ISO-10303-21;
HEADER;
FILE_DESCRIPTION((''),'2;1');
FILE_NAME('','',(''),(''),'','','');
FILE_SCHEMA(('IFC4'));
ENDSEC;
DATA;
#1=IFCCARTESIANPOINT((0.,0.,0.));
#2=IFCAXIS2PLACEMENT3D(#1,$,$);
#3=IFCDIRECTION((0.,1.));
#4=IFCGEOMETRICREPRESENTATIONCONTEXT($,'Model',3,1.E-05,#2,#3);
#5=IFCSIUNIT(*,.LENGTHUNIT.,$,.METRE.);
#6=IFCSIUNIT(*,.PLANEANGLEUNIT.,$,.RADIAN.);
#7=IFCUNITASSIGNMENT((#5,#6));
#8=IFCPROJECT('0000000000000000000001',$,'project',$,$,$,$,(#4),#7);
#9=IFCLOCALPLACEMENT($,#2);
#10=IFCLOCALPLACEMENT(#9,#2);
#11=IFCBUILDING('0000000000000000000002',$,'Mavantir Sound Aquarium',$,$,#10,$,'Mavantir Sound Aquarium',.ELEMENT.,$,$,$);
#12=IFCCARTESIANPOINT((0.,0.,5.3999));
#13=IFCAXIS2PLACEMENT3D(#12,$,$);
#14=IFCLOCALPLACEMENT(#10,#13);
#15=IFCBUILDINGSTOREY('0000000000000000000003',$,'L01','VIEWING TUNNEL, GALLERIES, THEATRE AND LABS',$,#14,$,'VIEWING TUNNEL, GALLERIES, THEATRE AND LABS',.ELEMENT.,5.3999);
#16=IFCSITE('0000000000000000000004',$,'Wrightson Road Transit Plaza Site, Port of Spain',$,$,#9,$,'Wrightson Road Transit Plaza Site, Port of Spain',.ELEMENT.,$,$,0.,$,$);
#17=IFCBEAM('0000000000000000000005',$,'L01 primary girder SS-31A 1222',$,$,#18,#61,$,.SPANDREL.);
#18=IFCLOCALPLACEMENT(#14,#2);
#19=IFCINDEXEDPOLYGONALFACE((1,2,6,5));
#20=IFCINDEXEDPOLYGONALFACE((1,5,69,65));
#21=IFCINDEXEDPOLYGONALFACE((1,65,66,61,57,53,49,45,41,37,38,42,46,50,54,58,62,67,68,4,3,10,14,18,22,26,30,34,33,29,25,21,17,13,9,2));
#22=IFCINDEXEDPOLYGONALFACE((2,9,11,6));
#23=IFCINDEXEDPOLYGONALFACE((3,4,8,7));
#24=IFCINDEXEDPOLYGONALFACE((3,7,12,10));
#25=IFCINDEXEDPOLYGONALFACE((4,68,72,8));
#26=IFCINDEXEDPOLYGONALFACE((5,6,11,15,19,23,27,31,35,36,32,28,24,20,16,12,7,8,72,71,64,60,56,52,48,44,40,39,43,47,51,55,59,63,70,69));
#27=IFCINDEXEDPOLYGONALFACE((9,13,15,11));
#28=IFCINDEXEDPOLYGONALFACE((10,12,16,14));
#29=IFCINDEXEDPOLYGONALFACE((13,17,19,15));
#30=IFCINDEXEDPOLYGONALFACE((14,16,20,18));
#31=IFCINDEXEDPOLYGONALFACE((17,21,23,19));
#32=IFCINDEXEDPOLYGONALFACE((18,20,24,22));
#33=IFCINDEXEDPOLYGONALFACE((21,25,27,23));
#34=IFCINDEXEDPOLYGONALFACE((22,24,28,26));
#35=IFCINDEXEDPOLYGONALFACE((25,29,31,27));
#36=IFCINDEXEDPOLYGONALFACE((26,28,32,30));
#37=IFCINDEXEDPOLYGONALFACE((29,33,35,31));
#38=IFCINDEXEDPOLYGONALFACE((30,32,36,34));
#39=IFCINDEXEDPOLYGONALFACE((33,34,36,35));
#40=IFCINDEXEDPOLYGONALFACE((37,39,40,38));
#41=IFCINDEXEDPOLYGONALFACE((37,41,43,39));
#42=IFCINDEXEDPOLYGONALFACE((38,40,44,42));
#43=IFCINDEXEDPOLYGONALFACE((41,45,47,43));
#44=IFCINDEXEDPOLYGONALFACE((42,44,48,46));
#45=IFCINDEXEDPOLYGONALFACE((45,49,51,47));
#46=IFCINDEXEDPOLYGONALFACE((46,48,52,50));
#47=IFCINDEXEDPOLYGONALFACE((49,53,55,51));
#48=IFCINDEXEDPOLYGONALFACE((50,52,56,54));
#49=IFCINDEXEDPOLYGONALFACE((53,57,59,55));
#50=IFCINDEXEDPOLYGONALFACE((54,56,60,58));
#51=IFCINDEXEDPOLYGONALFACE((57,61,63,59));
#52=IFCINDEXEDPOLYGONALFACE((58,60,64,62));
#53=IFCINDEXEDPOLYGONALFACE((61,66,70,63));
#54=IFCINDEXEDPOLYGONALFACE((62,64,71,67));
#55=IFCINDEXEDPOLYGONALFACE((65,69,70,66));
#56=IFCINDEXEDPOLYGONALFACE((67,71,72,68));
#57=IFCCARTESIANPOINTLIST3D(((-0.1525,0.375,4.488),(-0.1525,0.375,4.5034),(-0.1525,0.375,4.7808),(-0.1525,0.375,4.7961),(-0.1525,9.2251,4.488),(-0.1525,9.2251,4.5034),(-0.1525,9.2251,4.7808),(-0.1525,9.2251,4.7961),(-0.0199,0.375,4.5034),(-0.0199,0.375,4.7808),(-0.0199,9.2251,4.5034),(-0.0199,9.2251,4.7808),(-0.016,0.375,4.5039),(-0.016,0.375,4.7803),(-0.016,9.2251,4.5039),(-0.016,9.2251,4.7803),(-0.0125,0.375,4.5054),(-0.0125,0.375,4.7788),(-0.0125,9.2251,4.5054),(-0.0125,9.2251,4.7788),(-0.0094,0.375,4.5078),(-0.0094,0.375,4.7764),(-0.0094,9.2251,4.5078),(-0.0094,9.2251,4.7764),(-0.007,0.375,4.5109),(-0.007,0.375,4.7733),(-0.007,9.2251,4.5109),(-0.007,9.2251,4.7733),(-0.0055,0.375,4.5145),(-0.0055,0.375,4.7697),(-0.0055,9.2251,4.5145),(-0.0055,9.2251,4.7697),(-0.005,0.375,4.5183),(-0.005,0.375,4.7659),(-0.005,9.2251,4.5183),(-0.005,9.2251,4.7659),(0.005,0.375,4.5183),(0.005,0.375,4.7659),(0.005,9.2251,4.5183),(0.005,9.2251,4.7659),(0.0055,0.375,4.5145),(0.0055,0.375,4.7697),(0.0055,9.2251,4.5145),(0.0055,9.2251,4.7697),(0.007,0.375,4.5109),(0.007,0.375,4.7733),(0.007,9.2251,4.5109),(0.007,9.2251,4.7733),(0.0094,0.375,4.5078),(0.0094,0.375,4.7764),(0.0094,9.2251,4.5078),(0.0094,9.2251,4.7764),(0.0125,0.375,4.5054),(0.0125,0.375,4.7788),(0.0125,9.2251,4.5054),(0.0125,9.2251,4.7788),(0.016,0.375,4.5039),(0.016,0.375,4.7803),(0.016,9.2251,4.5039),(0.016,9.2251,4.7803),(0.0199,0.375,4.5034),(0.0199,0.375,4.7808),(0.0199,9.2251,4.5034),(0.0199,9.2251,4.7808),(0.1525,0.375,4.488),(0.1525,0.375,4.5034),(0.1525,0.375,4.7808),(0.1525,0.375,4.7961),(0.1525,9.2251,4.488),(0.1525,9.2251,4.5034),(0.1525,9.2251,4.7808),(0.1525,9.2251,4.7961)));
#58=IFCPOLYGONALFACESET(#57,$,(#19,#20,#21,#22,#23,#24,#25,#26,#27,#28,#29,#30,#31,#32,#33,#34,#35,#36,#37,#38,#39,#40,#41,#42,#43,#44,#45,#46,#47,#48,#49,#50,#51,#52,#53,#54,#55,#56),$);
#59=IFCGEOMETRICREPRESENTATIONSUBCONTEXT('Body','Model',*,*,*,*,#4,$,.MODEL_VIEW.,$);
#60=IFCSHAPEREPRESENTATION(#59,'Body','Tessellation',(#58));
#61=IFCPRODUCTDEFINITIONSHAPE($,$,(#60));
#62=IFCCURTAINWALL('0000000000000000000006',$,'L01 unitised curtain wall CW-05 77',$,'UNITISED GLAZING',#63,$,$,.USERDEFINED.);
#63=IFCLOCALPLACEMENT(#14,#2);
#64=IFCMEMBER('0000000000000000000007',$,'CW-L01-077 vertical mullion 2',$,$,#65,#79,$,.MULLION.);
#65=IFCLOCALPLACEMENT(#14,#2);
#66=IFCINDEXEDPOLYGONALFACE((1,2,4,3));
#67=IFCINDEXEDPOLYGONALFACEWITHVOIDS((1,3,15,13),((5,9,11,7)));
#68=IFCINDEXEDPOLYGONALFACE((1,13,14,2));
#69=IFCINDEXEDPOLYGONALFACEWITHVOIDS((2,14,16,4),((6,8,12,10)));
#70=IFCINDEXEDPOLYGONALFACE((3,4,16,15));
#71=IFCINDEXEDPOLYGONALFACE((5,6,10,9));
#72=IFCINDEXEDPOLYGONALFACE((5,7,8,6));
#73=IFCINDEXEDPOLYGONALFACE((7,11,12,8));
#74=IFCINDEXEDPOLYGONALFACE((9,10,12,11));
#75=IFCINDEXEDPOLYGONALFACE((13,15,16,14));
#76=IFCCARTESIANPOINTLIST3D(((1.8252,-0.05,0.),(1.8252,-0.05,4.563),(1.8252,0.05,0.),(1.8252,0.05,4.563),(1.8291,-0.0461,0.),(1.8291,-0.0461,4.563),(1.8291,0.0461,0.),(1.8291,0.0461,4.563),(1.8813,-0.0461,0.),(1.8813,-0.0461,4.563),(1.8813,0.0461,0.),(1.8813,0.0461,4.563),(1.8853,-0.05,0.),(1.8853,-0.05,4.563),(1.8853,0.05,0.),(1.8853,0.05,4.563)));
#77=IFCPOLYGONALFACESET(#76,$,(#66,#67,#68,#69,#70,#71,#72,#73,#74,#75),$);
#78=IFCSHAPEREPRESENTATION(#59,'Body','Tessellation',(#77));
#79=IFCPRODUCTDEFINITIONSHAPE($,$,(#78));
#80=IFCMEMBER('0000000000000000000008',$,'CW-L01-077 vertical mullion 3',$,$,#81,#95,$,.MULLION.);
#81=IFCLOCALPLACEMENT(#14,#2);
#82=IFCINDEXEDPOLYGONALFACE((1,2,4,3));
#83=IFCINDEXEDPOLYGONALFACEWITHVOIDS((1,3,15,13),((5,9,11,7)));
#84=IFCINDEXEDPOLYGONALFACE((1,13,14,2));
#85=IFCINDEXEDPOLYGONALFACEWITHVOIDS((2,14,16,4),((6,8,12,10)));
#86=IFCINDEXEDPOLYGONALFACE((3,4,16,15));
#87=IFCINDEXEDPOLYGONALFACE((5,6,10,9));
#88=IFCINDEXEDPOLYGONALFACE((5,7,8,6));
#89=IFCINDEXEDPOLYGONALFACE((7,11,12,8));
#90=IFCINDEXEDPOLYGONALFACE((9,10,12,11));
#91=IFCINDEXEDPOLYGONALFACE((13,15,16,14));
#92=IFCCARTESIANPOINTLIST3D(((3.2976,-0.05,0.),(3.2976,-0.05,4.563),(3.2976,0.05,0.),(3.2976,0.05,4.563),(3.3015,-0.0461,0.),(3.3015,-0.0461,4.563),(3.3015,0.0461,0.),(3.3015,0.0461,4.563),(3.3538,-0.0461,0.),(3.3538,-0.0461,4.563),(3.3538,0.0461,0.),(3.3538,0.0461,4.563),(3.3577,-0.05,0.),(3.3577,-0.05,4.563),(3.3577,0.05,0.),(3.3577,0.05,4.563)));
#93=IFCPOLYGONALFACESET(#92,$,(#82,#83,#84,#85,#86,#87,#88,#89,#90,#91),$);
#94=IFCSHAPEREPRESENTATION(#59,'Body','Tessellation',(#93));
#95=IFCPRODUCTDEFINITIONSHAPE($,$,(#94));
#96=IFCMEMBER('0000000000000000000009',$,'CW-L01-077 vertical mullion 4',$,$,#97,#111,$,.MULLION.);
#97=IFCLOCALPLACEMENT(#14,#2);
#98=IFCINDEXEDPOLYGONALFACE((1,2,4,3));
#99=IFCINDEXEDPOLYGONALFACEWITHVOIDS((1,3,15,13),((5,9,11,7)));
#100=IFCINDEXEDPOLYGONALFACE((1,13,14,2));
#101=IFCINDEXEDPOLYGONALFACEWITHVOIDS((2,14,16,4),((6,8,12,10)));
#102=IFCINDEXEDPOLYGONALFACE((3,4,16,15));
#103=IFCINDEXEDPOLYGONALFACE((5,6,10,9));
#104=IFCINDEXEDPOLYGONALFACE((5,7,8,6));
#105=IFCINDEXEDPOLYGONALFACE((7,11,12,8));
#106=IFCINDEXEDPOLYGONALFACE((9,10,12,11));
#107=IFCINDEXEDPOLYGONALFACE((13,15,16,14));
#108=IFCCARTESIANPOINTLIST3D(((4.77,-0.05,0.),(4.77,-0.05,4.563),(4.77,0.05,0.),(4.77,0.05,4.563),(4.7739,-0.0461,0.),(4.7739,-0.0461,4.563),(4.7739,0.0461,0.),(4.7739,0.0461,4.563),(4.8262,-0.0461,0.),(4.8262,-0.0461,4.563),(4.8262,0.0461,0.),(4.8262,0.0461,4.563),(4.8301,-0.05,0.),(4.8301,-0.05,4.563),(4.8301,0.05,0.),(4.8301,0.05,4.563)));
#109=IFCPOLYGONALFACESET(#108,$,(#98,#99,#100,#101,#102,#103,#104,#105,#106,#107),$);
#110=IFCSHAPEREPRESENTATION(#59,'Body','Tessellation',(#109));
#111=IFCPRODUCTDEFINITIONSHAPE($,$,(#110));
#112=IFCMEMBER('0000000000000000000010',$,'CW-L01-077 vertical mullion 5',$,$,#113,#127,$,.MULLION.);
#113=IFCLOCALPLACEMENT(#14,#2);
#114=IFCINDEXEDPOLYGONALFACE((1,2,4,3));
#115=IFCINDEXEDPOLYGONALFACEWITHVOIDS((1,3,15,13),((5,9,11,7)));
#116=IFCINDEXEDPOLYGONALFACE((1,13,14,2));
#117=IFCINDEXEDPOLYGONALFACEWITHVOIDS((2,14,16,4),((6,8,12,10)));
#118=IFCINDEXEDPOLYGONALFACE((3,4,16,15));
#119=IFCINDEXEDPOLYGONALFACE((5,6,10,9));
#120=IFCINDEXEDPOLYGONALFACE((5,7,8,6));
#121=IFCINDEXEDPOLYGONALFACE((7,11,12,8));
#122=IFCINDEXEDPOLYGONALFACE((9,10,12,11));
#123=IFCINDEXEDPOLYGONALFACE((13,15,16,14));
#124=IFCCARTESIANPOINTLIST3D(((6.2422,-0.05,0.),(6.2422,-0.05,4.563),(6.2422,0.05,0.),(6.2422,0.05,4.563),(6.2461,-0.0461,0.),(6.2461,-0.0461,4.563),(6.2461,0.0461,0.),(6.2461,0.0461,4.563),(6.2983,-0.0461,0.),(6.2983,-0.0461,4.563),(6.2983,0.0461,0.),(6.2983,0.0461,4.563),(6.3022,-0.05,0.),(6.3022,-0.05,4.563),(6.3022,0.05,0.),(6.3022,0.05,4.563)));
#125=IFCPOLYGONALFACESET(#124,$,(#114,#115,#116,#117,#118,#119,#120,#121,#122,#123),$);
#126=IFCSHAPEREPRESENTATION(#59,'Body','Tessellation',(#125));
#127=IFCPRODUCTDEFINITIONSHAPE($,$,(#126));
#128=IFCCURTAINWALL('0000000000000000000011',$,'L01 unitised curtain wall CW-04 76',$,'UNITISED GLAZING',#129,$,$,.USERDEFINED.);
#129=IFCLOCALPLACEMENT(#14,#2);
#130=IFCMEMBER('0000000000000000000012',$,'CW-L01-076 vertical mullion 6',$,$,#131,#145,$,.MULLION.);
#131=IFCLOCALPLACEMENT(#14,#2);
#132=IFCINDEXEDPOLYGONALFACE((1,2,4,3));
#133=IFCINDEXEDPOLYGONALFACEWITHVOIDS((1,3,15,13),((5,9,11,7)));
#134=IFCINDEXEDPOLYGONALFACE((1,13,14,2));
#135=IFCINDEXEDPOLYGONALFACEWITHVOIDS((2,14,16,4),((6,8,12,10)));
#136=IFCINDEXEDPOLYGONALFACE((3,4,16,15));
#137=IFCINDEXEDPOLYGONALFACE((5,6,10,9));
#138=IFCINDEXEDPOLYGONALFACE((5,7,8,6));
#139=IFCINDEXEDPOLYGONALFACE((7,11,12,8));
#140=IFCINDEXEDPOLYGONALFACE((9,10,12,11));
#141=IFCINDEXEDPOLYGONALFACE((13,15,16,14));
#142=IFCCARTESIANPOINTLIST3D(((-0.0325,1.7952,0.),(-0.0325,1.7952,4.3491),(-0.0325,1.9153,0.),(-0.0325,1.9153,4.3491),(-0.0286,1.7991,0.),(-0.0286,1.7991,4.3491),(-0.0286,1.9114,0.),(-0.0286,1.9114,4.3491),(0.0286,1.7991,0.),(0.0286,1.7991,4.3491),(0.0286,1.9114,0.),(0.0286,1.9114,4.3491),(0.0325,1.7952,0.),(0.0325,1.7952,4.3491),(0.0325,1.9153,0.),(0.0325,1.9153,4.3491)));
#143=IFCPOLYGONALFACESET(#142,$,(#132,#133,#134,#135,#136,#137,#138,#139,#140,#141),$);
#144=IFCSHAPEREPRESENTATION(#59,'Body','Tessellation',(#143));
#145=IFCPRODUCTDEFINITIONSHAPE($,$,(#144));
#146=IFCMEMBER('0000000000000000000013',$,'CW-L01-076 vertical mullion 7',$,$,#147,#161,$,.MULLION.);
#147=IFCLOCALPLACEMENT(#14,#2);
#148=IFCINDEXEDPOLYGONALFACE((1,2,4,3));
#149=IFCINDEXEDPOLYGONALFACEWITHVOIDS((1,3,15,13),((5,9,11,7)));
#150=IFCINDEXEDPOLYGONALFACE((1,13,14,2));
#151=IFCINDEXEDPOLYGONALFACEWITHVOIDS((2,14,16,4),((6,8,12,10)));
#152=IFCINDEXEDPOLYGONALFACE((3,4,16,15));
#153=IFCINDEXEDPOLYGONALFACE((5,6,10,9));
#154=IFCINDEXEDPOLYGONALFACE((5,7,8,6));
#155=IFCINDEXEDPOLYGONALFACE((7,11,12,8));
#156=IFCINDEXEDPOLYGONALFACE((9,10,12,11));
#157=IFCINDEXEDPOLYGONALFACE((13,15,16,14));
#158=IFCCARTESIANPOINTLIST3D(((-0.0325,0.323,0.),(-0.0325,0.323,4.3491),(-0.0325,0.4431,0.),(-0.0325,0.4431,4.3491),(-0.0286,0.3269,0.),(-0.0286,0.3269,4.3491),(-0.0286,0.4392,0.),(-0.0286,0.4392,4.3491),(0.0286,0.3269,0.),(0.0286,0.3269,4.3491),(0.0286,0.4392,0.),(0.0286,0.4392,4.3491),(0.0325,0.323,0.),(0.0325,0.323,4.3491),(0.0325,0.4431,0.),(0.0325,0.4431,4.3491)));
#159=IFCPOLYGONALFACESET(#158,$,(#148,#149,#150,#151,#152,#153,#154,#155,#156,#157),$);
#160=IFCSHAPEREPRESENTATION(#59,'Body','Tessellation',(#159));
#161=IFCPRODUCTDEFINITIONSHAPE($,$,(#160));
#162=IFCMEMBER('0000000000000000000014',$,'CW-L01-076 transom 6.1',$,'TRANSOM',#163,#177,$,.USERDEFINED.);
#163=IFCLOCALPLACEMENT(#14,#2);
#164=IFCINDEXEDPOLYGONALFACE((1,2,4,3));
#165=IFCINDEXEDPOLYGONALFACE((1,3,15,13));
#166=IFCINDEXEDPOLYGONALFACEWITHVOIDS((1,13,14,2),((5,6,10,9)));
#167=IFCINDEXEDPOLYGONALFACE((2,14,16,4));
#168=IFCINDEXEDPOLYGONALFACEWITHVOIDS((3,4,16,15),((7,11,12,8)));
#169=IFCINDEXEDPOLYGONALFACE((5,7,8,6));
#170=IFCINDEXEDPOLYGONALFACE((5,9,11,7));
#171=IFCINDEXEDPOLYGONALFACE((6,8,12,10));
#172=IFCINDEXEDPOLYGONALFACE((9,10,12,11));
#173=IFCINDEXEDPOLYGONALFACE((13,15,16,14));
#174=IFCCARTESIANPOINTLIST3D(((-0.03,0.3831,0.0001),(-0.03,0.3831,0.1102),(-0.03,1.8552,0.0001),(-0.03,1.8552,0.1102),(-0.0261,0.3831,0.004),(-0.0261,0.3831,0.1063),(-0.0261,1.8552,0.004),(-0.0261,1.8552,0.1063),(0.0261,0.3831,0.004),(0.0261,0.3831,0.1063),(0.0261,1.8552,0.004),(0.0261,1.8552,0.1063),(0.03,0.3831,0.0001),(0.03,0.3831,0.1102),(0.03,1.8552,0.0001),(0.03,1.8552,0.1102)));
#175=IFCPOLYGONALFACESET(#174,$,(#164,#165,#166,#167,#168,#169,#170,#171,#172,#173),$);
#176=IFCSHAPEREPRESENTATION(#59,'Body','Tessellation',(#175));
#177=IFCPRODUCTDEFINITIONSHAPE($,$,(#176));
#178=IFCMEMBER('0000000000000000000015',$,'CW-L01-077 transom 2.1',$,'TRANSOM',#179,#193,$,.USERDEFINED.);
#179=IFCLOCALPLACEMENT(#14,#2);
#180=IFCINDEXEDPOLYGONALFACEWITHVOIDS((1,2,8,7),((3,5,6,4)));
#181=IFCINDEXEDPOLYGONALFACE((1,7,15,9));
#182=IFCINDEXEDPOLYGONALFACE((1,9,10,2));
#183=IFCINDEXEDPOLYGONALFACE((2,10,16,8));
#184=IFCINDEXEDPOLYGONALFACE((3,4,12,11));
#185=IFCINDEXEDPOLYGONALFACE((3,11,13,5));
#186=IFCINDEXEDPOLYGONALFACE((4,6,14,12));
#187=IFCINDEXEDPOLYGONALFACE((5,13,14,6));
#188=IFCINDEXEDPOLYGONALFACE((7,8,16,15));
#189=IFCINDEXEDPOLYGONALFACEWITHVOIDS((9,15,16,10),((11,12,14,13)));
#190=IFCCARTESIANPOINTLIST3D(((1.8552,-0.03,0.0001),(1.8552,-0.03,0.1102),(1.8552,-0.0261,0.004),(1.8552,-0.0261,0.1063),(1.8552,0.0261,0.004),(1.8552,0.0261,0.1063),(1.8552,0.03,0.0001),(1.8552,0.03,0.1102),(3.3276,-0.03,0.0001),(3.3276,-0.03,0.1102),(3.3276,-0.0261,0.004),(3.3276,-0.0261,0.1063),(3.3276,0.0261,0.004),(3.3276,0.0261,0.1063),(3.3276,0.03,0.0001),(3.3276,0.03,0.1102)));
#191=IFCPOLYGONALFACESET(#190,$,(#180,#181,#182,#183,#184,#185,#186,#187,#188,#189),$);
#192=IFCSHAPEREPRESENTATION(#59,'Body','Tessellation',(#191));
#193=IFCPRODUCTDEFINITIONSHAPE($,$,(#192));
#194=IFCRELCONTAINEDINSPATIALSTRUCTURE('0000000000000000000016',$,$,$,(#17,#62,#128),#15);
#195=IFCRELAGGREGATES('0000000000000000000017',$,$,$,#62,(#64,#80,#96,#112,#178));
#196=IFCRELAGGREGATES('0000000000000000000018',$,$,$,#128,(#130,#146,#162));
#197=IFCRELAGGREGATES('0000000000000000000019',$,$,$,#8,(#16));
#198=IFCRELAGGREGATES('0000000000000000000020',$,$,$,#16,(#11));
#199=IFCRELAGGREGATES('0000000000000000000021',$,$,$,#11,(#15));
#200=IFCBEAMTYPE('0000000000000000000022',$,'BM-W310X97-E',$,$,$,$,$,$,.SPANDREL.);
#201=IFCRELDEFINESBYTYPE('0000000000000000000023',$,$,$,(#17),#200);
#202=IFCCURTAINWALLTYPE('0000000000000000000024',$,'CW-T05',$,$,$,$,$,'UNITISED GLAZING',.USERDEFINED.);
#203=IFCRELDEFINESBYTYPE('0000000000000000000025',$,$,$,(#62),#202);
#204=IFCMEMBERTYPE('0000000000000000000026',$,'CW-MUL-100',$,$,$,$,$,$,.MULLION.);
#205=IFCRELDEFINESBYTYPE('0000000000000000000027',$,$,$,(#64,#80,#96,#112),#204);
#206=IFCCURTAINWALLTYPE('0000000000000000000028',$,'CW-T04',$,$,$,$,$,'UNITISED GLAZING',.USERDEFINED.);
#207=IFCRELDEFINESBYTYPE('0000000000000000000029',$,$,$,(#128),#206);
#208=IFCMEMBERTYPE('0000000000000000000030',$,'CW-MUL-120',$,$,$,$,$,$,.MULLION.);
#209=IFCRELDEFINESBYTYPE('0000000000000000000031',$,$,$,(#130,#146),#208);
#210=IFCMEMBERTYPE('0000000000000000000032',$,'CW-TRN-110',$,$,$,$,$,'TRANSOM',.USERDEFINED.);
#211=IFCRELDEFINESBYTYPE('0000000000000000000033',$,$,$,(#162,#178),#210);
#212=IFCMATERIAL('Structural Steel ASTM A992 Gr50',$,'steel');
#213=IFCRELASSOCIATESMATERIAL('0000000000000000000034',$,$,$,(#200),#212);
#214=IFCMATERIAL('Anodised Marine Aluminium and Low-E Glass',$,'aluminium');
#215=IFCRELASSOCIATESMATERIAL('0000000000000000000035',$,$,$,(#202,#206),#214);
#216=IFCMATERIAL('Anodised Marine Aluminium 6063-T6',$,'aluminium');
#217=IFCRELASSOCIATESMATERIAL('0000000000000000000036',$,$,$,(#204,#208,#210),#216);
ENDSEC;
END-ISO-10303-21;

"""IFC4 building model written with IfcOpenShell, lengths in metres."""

from ifc_helpers import new_model, si_unit, direction, frame, origin, origin_2d, place, context, subcontext, project, spatial, hollow_rectangle, i_section, extrude, material, material_profile, profile_set, type_object, element, aggregate, save


model = new_model("IFC4")

# Units and contexts
model_context = context("Model", 3, precision=1e-05, world=origin(), true_north=direction((0.0, 1.0)))
body_context = subcontext(model_context, "Body", "Model", "MODEL_VIEW")
ifc_project = project(units=[si_unit("LENGTHUNIT", "METRE"), si_unit("PLANEANGLEUNIT", "RADIAN")], contexts=[model_context])

# Site, building, storey
site_placement = place(None, origin())
site = spatial("IfcSite", under=ifc_project, at=site_placement, Name="Wrightson Road Transit Plaza Site, Port of Spain", LongName="Wrightson Road Transit Plaza Site, Port of Spain", CompositionType="ELEMENT", RefElevation=0.0)
building_placement = place(site_placement, origin())
building = spatial("IfcBuilding", under=site, at=building_placement, Name="Mavantir Sound Aquarium", LongName="Mavantir Sound Aquarium", CompositionType="ELEMENT")
storey_placement = place(building_placement, frame((0.0, 0.0, 5.3999)))
storey = spatial("IfcBuildingStorey", under=building, at=storey_placement, Name="L01", Description="VIEWING TUNNEL, GALLERIES, THEATRE AND LABS", LongName="VIEWING TUNNEL, GALLERIES, THEATRE AND LABS", CompositionType="ELEMENT", Elevation=5.3999)

# Beam
ifc_material_1 = material(Name="Structural Steel ASTM A992 Gr50", Category="steel")
ifc_material_profile_1 = material_profile(ifc_material_1, i_section(OverallWidth=0.3049, OverallDepth=0.3081, WebThickness=0.01, FlangeThickness=0.0154, FilletRadius=0.0149, at=origin_2d()), Name="W310X97")
ifc_profile_set_1 = profile_set([ifc_material_profile_1], Name="Structural Steel ASTM A992 Gr50")
beam_type = type_object("IfcBeamType", Name="BM-W310X97-E", PredefinedType="SPANDREL", material=ifc_profile_set_1)
beam_placement = place(storey_placement, frame((0.0, 0.375, 4.6421), z_axis=(0.0, 1.0, 0.0), x_axis=(-1.0, 0.0, 0.0)))
element("IfcBeam", 1, at=beam_placement, inside=storey, type_object=beam_type, Name="L01 primary girder SS-31A 1222", PredefinedType="SPANDREL", context=body_context, shape_type="SweptSolid", body=[
    extrude(i_section(OverallWidth=0.3049, OverallDepth=0.3081, WebThickness=0.01, FlangeThickness=0.0154, FilletRadius=0.0149, at=origin_2d()), origin(), (0.0, 0.0, 1.0), 8.8501),
])

# Curtain walls, members
ifc_material_2 = material(Name="Anodised Marine Aluminium and Low-E Glass", Category="aluminium")
curtain_wall_type_1 = type_object("IfcCurtainWallType", Name="CW-T05", ElementType="UNITISED GLAZING", PredefinedType="USERDEFINED", material=ifc_material_2)
curtain_wall_1_placement = place(storey_placement, origin())
curtain_wall_1 = element("IfcCurtainWall", 2, at=curtain_wall_1_placement, inside=storey, type_object=curtain_wall_type_1, Name="L01 unitised curtain wall CW-05 77", ObjectType="UNITISED GLAZING", PredefinedType="USERDEFINED")
ifc_material_3 = material(Name="Anodised Marine Aluminium 6063-T6", Category="aluminium")
ifc_material_profile_2 = material_profile(ifc_material_3, hollow_rectangle(XDim=0.0601, YDim=0.1001, WallThickness=0.0039, at=origin_2d()), Name="ALU-MULLION-100X60")
ifc_profile_set_2 = profile_set([ifc_material_profile_2], Name="Anodised Marine Aluminium 6063-T6")
member_type_1 = type_object("IfcMemberType", Name="CW-MUL-100", PredefinedType="MULLION", material=ifc_profile_set_2)
member_1_placement = place(storey_placement, frame((1.8552, 0.0, 0.0), z_axis=(0.0, 0.0, 1.0), x_axis=(1.0, 0.0, 0.0)))
member_1 = element("IfcMember", 3, at=member_1_placement, type_object=member_type_1, Name="CW-L01-077 vertical mullion 2", PredefinedType="MULLION", context=body_context, shape_type="SweptSolid", body=[
    extrude(hollow_rectangle(XDim=0.0601, YDim=0.1001, WallThickness=0.0039, at=origin_2d()), origin(), (0.0, 0.0, 1.0), 4.563),
])
member_2_placement = place(storey_placement, frame((3.3276, 0.0, 0.0), z_axis=(0.0, 0.0, 1.0), x_axis=(1.0, 0.0, 0.0)))
member_2 = element("IfcMember", 4, at=member_2_placement, type_object=member_type_1, Name="CW-L01-077 vertical mullion 3", PredefinedType="MULLION", context=body_context, shape_type="SweptSolid", body=[
    extrude(hollow_rectangle(XDim=0.0601, YDim=0.1001, WallThickness=0.0039, at=origin_2d()), origin(), (0.0, 0.0, 1.0), 4.563),
])
member_3_placement = place(storey_placement, frame((4.8, 0.0, 0.0), z_axis=(0.0, 0.0, 1.0), x_axis=(1.0, 0.0, 0.0)))
member_3 = element("IfcMember", 5, at=member_3_placement, type_object=member_type_1, Name="CW-L01-077 vertical mullion 4", PredefinedType="MULLION", context=body_context, shape_type="SweptSolid", body=[
    extrude(hollow_rectangle(XDim=0.0601, YDim=0.1001, WallThickness=0.0039, at=origin_2d()), origin(), (0.0, 0.0, 1.0), 4.563),
])
member_4_placement = place(storey_placement, frame((6.2722, 0.0, 0.0), z_axis=(0.0, 0.0, 1.0), x_axis=(1.0, 0.0, 0.0)))
member_4 = element("IfcMember", 6, at=member_4_placement, type_object=member_type_1, Name="CW-L01-077 vertical mullion 5", PredefinedType="MULLION", context=body_context, shape_type="SweptSolid", body=[
    extrude(hollow_rectangle(XDim=0.0601, YDim=0.1001, WallThickness=0.0039, at=origin_2d()), origin(), (0.0, 0.0, 1.0), 4.563),
])
curtain_wall_type_2 = type_object("IfcCurtainWallType", Name="CW-T04", ElementType="UNITISED GLAZING", PredefinedType="USERDEFINED", material=ifc_material_2)
curtain_wall_2_placement = place(storey_placement, origin())
curtain_wall_2 = element("IfcCurtainWall", 7, at=curtain_wall_2_placement, inside=storey, type_object=curtain_wall_type_2, Name="L01 unitised curtain wall CW-04 76", ObjectType="UNITISED GLAZING", PredefinedType="USERDEFINED")
ifc_material_profile_3 = material_profile(ifc_material_3, hollow_rectangle(XDim=0.0649, YDim=0.1201, WallThickness=0.0039, at=origin_2d()), Name="ALU-MULLION-120X65")
ifc_profile_set_3 = profile_set([ifc_material_profile_3], Name="Anodised Marine Aluminium 6063-T6")
member_type_2 = type_object("IfcMemberType", Name="CW-MUL-120", PredefinedType="MULLION", material=ifc_profile_set_3)
member_5_placement = place(storey_placement, frame((0.0, 1.8552, 0.0), z_axis=(0.0, 0.0, 1.0), x_axis=(1.0, 0.0, 0.0)))
member_5 = element("IfcMember", 8, at=member_5_placement, type_object=member_type_2, Name="CW-L01-076 vertical mullion 6", PredefinedType="MULLION", context=body_context, shape_type="SweptSolid", body=[
    extrude(hollow_rectangle(XDim=0.0649, YDim=0.1201, WallThickness=0.0039, at=origin_2d()), origin(), (0.0, 0.0, 1.0), 4.3491),
])
member_6_placement = place(storey_placement, frame((0.0, 0.3831, 0.0), z_axis=(0.0, 0.0, 1.0), x_axis=(1.0, 0.0, 0.0)))
member_6 = element("IfcMember", 9, at=member_6_placement, type_object=member_type_2, Name="CW-L01-076 vertical mullion 7", PredefinedType="MULLION", context=body_context, shape_type="SweptSolid", body=[
    extrude(hollow_rectangle(XDim=0.0649, YDim=0.1201, WallThickness=0.0039, at=origin_2d()), origin(), (0.0, 0.0, 1.0), 4.3491),
])
ifc_material_profile_4 = material_profile(ifc_material_3, hollow_rectangle(XDim=0.0601, YDim=0.1101, WallThickness=0.0039, at=origin_2d()), Name="ALU-TRANSOM-110X60")
ifc_profile_set_4 = profile_set([ifc_material_profile_4], Name="Anodised Marine Aluminium 6063-T6")
member_type_3 = type_object("IfcMemberType", Name="CW-TRN-110", ElementType="TRANSOM", PredefinedType="USERDEFINED", material=ifc_profile_set_4)
member_7_placement = place(storey_placement, frame((0.0, 1.8552, 0.0552), z_axis=(0.0, -1.0, 0.0), x_axis=(1.0, 0.0, 0.0)))
member_7 = element("IfcMember", 10, at=member_7_placement, type_object=member_type_3, Name="CW-L01-076 transom 6.1", ObjectType="TRANSOM", PredefinedType="USERDEFINED", context=body_context, shape_type="SweptSolid", body=[
    extrude(hollow_rectangle(XDim=0.0601, YDim=0.1101, WallThickness=0.0039, at=origin_2d()), origin(), (0.0, 0.0, 1.0), 1.4722),
])

# Member
member_8_placement = place(storey_placement, frame((1.8552, 0.0, 0.0552), z_axis=(1.0, 0.0, 0.0), x_axis=(0.0, 1.0, 0.0)))
member_8 = element("IfcMember", 11, at=member_8_placement, type_object=member_type_3, Name="CW-L01-077 transom 2.1", ObjectType="TRANSOM", PredefinedType="USERDEFINED", context=body_context, shape_type="SweptSolid", body=[
    extrude(hollow_rectangle(XDim=0.0601, YDim=0.1101, WallThickness=0.0039, at=origin_2d()), origin(), (0.0, 0.0, 1.0), 1.4724),
])

aggregate(curtain_wall_1, [member_1, member_2, member_3, member_4, member_8])
aggregate(curtain_wall_2, [member_5, member_6, member_7])

save(model, "model.ifc")
